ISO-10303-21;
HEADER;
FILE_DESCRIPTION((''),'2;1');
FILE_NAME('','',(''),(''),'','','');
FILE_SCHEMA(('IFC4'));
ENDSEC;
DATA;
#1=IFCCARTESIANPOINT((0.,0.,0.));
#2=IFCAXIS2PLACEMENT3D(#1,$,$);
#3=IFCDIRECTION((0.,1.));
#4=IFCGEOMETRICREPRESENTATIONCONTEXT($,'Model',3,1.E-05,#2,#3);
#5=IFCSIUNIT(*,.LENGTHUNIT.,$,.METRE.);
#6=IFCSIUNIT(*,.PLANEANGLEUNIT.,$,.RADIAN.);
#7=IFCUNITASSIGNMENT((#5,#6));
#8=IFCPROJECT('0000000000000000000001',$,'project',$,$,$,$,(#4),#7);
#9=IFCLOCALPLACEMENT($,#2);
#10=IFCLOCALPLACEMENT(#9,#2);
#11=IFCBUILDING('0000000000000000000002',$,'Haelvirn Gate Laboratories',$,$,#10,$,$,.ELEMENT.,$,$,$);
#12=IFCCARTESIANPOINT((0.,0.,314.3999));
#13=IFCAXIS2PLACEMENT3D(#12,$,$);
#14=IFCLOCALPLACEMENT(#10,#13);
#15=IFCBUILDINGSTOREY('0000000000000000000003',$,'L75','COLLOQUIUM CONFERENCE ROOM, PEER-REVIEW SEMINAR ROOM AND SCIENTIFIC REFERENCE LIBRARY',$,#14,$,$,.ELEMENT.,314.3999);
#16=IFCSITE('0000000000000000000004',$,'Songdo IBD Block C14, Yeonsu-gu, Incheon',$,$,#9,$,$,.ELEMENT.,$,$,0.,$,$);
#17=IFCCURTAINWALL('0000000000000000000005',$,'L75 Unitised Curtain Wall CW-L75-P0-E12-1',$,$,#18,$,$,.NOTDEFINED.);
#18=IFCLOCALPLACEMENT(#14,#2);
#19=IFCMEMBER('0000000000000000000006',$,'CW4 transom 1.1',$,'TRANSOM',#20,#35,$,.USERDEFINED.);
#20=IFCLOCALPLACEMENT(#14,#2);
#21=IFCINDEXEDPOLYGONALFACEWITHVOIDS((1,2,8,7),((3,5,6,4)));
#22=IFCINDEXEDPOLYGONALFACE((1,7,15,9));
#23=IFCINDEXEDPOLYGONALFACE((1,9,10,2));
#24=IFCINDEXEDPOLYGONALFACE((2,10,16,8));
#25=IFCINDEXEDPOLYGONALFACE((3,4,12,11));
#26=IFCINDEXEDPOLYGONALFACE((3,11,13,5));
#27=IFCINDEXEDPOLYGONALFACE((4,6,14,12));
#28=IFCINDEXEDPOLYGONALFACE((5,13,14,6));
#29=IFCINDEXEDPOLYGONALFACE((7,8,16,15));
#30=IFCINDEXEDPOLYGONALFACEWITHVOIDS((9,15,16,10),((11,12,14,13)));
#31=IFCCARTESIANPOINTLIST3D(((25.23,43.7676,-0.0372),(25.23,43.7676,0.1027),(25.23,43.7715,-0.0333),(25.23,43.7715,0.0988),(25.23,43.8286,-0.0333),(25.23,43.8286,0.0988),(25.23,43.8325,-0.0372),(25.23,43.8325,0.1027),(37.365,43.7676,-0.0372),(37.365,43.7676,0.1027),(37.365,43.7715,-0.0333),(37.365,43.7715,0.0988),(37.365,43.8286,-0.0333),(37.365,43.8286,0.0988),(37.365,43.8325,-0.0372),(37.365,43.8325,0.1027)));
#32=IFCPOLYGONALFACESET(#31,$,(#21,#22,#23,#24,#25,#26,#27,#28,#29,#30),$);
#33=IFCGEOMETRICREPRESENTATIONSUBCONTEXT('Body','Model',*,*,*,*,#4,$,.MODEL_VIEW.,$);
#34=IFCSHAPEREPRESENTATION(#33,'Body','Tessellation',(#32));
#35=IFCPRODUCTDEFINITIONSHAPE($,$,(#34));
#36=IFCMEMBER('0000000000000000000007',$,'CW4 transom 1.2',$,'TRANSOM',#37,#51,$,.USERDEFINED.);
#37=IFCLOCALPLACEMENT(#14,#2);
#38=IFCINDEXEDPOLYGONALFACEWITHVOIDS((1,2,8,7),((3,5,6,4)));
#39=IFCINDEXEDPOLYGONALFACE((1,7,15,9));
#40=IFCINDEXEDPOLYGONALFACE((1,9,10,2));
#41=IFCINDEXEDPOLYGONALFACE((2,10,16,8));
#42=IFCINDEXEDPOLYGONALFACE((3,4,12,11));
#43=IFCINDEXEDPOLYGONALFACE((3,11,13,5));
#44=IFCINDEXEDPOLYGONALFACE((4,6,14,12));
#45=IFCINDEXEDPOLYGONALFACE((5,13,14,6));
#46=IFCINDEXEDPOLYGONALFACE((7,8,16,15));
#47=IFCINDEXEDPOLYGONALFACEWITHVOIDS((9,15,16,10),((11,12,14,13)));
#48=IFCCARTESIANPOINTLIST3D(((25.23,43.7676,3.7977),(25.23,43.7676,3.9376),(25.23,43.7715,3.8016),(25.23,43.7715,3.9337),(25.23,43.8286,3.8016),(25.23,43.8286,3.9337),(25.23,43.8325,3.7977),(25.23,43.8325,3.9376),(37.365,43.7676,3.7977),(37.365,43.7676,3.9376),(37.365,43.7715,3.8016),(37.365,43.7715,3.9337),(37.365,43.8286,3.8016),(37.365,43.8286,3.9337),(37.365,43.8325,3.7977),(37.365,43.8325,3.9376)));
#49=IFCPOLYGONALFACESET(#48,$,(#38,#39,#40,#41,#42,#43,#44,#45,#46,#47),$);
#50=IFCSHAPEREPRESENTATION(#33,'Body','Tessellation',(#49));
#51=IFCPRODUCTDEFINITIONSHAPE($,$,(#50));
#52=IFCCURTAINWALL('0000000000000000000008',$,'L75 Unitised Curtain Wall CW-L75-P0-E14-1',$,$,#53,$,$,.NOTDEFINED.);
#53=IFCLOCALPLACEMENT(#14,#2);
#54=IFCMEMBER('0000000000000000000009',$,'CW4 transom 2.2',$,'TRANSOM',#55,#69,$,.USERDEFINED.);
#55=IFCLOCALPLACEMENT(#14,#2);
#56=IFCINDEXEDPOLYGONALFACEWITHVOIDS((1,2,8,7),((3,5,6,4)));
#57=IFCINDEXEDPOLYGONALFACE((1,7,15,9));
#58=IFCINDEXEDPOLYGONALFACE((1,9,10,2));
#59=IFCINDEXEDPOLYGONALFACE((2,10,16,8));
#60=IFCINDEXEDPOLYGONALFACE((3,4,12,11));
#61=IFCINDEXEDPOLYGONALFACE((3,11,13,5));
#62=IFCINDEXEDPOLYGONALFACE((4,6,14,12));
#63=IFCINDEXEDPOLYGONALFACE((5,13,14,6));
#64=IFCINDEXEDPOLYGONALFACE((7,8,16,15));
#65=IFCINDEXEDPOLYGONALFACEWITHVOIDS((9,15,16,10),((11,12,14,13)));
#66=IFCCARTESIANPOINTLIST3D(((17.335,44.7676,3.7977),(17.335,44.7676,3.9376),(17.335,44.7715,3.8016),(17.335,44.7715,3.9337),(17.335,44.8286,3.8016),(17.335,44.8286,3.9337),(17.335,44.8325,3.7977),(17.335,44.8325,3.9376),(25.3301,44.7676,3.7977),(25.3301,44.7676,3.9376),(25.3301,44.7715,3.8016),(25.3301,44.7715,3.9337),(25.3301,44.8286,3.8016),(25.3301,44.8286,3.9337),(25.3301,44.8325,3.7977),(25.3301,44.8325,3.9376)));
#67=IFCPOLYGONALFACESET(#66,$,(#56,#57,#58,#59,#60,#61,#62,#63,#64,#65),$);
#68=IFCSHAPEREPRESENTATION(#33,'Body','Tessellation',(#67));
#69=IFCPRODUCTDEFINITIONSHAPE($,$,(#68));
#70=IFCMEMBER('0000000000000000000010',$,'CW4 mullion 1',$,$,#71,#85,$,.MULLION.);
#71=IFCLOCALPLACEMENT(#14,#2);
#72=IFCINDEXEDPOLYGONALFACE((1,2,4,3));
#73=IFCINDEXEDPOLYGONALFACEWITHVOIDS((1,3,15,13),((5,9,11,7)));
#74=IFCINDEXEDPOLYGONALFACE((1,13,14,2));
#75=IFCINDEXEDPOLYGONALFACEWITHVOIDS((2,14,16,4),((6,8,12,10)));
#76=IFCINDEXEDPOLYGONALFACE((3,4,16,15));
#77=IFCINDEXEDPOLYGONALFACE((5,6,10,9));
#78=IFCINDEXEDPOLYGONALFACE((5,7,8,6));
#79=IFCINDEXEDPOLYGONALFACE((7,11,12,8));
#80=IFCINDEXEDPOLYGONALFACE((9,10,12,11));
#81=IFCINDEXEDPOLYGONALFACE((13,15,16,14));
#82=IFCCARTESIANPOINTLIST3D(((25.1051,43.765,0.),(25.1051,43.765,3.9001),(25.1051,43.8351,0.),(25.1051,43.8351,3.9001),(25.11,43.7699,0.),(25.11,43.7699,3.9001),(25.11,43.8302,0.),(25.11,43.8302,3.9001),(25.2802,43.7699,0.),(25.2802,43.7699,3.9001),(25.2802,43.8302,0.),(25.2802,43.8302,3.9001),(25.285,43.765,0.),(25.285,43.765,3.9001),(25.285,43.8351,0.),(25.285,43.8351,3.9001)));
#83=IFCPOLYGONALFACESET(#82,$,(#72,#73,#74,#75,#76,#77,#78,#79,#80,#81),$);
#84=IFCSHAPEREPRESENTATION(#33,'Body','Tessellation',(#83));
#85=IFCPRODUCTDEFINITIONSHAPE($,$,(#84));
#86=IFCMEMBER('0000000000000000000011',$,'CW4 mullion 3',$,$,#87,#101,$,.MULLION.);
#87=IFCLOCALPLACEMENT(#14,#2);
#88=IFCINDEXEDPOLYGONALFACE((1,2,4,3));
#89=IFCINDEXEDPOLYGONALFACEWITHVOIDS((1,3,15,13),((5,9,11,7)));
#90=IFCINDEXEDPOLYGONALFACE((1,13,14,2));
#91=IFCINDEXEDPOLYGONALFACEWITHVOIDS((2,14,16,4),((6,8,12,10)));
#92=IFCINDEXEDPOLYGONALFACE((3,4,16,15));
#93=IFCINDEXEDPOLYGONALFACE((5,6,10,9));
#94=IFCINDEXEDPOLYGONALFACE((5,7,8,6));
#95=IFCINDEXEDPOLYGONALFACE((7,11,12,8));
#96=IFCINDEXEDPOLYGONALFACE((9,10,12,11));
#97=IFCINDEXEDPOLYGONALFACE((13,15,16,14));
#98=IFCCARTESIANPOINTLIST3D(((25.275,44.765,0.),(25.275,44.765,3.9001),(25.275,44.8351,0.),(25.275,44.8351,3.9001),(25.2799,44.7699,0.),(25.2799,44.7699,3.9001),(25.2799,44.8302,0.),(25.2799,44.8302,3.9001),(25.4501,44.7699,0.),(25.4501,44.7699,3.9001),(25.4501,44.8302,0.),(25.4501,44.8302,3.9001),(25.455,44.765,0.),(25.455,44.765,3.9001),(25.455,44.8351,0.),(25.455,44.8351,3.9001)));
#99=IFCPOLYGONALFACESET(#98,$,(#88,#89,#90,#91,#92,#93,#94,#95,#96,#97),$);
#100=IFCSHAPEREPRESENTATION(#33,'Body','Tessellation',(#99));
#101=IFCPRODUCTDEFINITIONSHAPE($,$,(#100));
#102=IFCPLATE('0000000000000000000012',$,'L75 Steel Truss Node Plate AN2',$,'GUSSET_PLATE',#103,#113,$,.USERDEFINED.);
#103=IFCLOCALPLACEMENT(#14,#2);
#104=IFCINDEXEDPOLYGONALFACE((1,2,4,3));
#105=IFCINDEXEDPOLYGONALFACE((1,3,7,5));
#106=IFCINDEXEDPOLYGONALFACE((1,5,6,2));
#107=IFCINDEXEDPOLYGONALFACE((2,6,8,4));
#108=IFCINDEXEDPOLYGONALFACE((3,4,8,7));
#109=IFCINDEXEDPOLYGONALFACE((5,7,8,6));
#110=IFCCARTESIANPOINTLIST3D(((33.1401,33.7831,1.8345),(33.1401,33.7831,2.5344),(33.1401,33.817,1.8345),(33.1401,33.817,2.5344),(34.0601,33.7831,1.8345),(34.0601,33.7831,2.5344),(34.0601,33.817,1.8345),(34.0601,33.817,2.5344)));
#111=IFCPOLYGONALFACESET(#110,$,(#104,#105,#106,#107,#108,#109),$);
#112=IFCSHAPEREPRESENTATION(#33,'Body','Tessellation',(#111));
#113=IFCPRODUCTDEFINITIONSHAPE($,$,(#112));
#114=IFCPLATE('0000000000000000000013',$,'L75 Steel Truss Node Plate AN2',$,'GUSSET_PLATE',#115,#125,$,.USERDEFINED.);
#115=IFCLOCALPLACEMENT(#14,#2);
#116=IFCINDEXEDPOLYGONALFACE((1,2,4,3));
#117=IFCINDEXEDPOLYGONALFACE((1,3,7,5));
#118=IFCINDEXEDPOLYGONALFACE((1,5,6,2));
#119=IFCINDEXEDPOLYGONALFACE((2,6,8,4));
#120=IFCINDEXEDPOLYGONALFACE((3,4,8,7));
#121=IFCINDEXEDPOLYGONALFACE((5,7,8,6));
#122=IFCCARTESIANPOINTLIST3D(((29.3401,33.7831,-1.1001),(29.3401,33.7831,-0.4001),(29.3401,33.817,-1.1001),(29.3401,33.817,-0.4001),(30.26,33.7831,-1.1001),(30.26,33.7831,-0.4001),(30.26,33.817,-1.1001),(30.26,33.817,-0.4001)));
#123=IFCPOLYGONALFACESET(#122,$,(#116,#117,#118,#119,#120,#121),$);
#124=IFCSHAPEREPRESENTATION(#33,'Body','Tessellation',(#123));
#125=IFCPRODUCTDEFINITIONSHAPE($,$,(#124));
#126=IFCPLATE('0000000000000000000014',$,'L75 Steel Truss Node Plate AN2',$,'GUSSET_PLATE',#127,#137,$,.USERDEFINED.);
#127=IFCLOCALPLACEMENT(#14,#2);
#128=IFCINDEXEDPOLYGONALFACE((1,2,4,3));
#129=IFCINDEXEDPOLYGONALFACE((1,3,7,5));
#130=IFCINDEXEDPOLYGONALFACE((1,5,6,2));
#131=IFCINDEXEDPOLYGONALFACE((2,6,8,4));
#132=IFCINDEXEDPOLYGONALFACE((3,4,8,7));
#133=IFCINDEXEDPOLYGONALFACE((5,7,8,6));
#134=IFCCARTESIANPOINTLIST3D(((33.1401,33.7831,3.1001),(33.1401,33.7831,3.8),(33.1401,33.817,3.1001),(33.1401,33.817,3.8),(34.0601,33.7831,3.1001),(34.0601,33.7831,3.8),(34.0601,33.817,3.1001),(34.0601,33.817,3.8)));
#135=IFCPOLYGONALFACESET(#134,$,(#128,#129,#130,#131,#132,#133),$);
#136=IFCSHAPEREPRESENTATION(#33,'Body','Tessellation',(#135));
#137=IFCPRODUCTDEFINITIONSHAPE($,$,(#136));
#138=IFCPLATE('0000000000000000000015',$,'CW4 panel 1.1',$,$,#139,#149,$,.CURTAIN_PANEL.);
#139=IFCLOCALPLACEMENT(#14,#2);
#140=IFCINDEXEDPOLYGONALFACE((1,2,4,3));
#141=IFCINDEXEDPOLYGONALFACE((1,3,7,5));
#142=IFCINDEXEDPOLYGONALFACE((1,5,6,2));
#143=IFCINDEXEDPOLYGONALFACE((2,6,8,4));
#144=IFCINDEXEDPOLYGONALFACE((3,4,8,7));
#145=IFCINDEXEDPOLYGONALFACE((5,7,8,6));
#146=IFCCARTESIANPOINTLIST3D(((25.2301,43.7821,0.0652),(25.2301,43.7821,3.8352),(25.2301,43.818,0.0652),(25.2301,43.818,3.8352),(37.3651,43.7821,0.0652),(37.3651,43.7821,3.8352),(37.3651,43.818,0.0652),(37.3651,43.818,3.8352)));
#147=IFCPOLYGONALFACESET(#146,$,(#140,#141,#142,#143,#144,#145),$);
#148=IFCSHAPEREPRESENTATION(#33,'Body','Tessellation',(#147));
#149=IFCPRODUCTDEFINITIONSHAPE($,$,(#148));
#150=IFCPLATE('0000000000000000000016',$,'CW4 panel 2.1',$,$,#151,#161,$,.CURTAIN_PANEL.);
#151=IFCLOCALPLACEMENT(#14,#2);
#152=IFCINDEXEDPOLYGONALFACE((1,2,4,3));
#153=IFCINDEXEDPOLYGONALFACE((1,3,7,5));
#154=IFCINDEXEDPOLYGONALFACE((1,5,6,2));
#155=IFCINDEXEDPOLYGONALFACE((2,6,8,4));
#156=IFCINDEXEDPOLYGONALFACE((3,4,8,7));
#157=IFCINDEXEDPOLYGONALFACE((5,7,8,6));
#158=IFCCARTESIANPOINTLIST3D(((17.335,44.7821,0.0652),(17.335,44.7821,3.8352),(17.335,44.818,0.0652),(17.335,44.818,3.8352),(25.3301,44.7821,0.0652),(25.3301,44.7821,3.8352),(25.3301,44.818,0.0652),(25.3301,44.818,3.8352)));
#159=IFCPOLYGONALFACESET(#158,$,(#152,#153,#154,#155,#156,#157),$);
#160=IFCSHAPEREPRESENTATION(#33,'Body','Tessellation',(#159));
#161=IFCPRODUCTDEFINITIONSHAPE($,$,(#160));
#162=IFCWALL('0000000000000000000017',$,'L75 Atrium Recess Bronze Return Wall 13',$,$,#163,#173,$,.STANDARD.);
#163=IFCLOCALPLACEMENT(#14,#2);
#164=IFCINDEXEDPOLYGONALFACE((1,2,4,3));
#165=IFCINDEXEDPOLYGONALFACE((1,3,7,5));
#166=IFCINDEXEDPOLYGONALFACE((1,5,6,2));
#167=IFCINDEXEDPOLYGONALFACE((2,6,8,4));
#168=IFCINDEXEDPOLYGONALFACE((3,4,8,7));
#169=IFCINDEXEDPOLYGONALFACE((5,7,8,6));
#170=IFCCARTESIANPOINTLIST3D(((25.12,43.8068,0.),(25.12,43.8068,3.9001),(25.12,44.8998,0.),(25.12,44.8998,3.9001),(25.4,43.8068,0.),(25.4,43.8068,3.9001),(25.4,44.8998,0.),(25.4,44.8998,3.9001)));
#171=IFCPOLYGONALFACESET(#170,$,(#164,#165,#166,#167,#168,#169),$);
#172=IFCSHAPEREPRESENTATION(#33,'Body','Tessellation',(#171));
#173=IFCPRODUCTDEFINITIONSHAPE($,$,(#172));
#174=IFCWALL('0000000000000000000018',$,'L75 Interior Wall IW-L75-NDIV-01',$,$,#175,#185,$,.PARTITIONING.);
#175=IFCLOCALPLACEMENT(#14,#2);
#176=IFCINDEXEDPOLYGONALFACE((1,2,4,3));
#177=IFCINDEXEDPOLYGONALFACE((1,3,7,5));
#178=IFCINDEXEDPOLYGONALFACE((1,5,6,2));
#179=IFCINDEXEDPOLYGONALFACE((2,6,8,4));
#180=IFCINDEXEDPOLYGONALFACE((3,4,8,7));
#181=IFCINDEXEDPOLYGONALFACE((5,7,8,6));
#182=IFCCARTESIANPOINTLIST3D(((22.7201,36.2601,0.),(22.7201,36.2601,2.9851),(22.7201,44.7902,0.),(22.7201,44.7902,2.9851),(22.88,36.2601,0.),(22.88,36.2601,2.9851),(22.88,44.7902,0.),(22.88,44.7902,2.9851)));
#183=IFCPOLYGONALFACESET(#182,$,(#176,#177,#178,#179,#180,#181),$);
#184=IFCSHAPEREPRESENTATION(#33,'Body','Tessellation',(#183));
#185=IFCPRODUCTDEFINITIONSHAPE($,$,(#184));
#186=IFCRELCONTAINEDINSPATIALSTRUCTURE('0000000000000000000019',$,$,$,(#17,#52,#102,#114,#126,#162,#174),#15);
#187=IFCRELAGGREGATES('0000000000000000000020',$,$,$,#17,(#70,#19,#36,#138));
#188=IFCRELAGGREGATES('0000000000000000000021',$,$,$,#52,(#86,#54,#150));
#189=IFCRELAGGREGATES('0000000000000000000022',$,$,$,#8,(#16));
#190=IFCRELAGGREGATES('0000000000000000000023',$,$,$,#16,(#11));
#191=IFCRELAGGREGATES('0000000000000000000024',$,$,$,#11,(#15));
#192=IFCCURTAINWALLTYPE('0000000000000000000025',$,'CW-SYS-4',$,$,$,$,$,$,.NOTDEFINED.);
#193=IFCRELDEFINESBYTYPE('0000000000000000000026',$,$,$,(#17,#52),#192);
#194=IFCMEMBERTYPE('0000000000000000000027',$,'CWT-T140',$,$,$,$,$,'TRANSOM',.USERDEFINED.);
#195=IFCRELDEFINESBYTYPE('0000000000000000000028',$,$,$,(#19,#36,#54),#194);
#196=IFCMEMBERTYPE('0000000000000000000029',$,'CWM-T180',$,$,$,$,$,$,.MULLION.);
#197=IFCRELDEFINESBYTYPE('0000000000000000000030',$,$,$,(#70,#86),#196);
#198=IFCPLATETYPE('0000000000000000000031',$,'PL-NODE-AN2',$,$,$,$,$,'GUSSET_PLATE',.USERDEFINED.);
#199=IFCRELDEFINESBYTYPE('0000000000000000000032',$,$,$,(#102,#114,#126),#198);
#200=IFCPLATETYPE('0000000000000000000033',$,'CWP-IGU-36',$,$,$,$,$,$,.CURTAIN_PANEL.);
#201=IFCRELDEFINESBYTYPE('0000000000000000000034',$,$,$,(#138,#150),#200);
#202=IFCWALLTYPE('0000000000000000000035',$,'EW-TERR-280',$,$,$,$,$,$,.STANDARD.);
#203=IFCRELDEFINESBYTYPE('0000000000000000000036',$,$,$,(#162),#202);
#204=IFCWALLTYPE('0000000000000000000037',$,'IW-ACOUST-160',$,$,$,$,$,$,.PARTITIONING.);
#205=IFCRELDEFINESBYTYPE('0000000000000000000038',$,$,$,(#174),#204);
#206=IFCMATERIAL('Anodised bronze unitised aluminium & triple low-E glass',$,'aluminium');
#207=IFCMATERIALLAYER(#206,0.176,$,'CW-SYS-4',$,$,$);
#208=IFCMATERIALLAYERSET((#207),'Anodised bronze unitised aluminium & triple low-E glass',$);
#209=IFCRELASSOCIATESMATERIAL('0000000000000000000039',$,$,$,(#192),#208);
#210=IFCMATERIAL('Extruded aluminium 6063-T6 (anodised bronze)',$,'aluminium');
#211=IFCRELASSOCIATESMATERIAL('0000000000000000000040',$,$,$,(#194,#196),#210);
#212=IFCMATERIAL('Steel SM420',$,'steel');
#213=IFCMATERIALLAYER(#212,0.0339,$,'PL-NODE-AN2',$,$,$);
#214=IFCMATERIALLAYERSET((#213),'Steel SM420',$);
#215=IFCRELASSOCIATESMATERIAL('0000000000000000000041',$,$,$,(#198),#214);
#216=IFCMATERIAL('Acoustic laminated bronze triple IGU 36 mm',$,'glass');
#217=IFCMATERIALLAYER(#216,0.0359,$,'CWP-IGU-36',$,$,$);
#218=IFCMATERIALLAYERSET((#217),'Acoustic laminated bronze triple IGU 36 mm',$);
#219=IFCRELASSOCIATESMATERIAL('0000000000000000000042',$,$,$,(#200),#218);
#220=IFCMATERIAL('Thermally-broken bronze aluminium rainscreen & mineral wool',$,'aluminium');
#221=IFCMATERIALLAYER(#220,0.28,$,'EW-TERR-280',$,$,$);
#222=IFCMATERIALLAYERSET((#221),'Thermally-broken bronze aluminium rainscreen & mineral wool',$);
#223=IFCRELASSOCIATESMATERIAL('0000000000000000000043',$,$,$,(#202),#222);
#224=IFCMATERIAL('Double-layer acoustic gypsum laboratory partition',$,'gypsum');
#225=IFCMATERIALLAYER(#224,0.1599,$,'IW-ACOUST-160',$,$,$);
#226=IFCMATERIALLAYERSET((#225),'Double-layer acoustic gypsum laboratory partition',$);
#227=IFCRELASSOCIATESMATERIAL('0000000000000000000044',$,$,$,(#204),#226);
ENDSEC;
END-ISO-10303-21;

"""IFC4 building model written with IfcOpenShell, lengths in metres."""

from ifc_helpers import new_model, si_unit, direction, frame, frame_2d, origin, origin_2d, place, context, subcontext, project, spatial, rectangle, hollow_rectangle, extrude, source, transform, mapped, material, layer, layer_set, material_profile, profile_set, type_object, type_shapes, element, aggregate, save


model = new_model("IFC4")

# Units and contexts
model_context = context("Model", 3, precision=1e-05, world=origin(), true_north=direction((0.0, 1.0)))
body_context = subcontext(model_context, "Body", "Model", "MODEL_VIEW")
ifc_project = project(units=[si_unit("LENGTHUNIT", "METRE"), si_unit("PLANEANGLEUNIT", "RADIAN")], contexts=[model_context])

# Site, building, storey
site_placement = place(None, origin())
site = spatial("IfcSite", under=ifc_project, at=site_placement, Name="Songdo IBD Block C14, Yeonsu-gu, Incheon", CompositionType="ELEMENT", RefElevation=0.0)
building_placement = place(site_placement, origin())
building = spatial("IfcBuilding", under=site, at=building_placement, Name="Haelvirn Gate Laboratories", CompositionType="ELEMENT")
storey_placement = place(building_placement, frame((0.0, 0.0, 314.3999)))
storey = spatial("IfcBuildingStorey", under=building, at=storey_placement, Name="L75", Description="COLLOQUIUM CONFERENCE ROOM, PEER-REVIEW SEMINAR ROOM AND SCIENTIFIC REFERENCE LIBRARY", CompositionType="ELEMENT", Elevation=314.3999)

# Shared definitions
ifc_material_1 = material(Name="Steel SM420", Category="steel")

# Curtain wall, members
ifc_material_2 = material(Name="Anodised bronze unitised aluminium & triple low-E glass", Category="aluminium")
ifc_layer_1 = layer(ifc_material_2, 0.176, Name="CW-SYS-4")
ifc_layer_set_1 = layer_set([ifc_layer_1], Name="Anodised bronze unitised aluminium & triple low-E glass")
curtain_wall_type = type_object("IfcCurtainWallType", Name="CW-SYS-4", PredefinedType="NOTDEFINED", material=ifc_layer_set_1)
curtain_wall_1_placement = place(storey_placement, origin())
curtain_wall_1 = element("IfcCurtainWall", 1, at=curtain_wall_1_placement, inside=storey, type_object=curtain_wall_type, Name="L75 Unitised Curtain Wall CW-L75-P0-E12-1", PredefinedType="NOTDEFINED")
ifc_material_3 = material(Name="Extruded aluminium 6063-T6 (anodised bronze)", Category="aluminium")
ifc_material_profile_1 = material_profile(ifc_material_3, hollow_rectangle(XDim=0.0649, YDim=0.1399, WallThickness=0.0039, at=origin_2d()), Name="CWT-140x65x4")
ifc_profile_set_1 = profile_set([ifc_material_profile_1], Name="Extruded aluminium 6063-T6 (anodised bronze)")
member_type_1 = type_object("IfcMemberType", Name="CWT-T140", ElementType="TRANSOM", PredefinedType="USERDEFINED", material=ifc_profile_set_1)
shared_shape_1 = source(origin(), body_context, "Body", "SweptSolid", [
    extrude(hollow_rectangle(XDim=0.0649, YDim=0.1399, WallThickness=0.0039, at=origin_2d()), origin(), (0.0, 0.0, 1.0), 12.135),
])
member_1_placement = place(storey_placement, frame((25.23, 43.8, 0.0327), z_axis=(1.0, 0.0, 0.0), x_axis=(0.0, 1.0, 0.0)))
member_1 = element("IfcMember", 2, at=member_1_placement, type_object=member_type_1, Name="CW4 transom 1.1", ObjectType="TRANSOM", PredefinedType="USERDEFINED", context=body_context, shape_type="MappedRepresentation", body=[
    mapped(shared_shape_1, transform((0.0, 0.0, 0.0), scale=1.0)),
])
member_2_placement = place(storey_placement, frame((25.23, 43.8, 3.8677), z_axis=(1.0, 0.0, 0.0), x_axis=(0.0, 1.0, 0.0)))
member_2 = element("IfcMember", 3, at=member_2_placement, type_object=member_type_1, Name="CW4 transom 1.2", ObjectType="TRANSOM", PredefinedType="USERDEFINED", context=body_context, shape_type="MappedRepresentation", body=[
    mapped(shared_shape_1, transform((0.0, 0.0, 0.0), scale=1.0)),
])

# Curtain wall, member
curtain_wall_2_placement = place(storey_placement, origin())
curtain_wall_2 = element("IfcCurtainWall", 4, at=curtain_wall_2_placement, inside=storey, type_object=curtain_wall_type, Name="L75 Unitised Curtain Wall CW-L75-P0-E14-1", PredefinedType="NOTDEFINED")
shared_shape_2 = source(origin(), body_context, "Body", "SweptSolid", [
    extrude(hollow_rectangle(XDim=0.0649, YDim=0.1399, WallThickness=0.0039, at=origin_2d()), origin(), (0.0, 0.0, 1.0), 7.9951),
])
type_shapes(member_type_1, [shared_shape_1, shared_shape_2])
member_3_placement = place(storey_placement, frame((17.335, 44.8, 3.8677), z_axis=(1.0, 0.0, 0.0), x_axis=(0.0, 1.0, 0.0)))
member_3 = element("IfcMember", 5, at=member_3_placement, type_object=member_type_1, Name="CW4 transom 2.2", ObjectType="TRANSOM", PredefinedType="USERDEFINED", context=body_context, shape_type="MappedRepresentation", body=[
    mapped(shared_shape_2, transform((0.0, 0.0, 0.0), scale=1.0)),
])

# Members
ifc_material_profile_2 = material_profile(ifc_material_3, hollow_rectangle(XDim=0.0701, YDim=0.1799, WallThickness=0.0049, at=origin_2d()), Name="CWM-180x70x5")
ifc_profile_set_2 = profile_set([ifc_material_profile_2], Name="Extruded aluminium 6063-T6 (anodised bronze)")
member_type_2 = type_object("IfcMemberType", Name="CWM-T180", PredefinedType="MULLION", material=ifc_profile_set_2)
shared_shape_3 = source(origin(), body_context, "Body", "SweptSolid", [
    extrude(hollow_rectangle(XDim=0.0701, YDim=0.1799, WallThickness=0.0049, at=origin_2d()), origin(), (0.0, 0.0, 1.0), 3.9001),
])
type_shapes(member_type_2, [shared_shape_3])
member_4_placement = place(storey_placement, frame((25.1951, 43.8, 0.0), z_axis=(0.0, 0.0, 1.0), x_axis=(0.0, 1.0, 0.0)))
member_4 = element("IfcMember", 6, at=member_4_placement, type_object=member_type_2, Name="CW4 mullion 1", PredefinedType="MULLION", context=body_context, shape_type="MappedRepresentation", body=[
    mapped(shared_shape_3, transform((0.0, 0.0, 0.0), scale=1.0)),
])
member_5_placement = place(storey_placement, frame((25.365, 44.8, 0.0), z_axis=(0.0, 0.0, 1.0), x_axis=(0.0, 1.0, 0.0)))
member_5 = element("IfcMember", 7, at=member_5_placement, type_object=member_type_2, Name="CW4 mullion 3", PredefinedType="MULLION", context=body_context, shape_type="MappedRepresentation", body=[
    mapped(shared_shape_3, transform((0.0, 0.0, 0.0), scale=1.0)),
])

# Plates
ifc_layer_2 = layer(ifc_material_1, 0.0339, Name="PL-NODE-AN2")
ifc_layer_set_2 = layer_set([ifc_layer_2], Name="Steel SM420")
plate_type_1 = type_object("IfcPlateType", Name="PL-NODE-AN2", ElementType="GUSSET_PLATE", PredefinedType="USERDEFINED", material=ifc_layer_set_2)
shared_shape_4 = source(origin(), body_context, "Body", "SweptSolid", [
    extrude(rectangle(XDim=0.9199, YDim=0.0339, at=origin_2d()), origin(), (0.0, 0.0, 1.0), 0.7),
])
type_shapes(plate_type_1, [shared_shape_4])
for number, where, z_axis, x_axis, name in (
    (8, (33.6001, 33.8, 1.8345), (0.0, 0.0, 1.0), (1.0, 0.0, 0.0), "L75 Steel Truss Node Plate AN2"),
    (9, (29.8, 33.8, -1.1001), (0.0, 0.0, 1.0), (1.0, 0.0, 0.0), "L75 Steel Truss Node Plate AN2"),
    (10, (33.6001, 33.8, 3.1001), (0.0, 0.0, 1.0), (1.0, 0.0, 0.0), "L75 Steel Truss Node Plate AN2"),
):
    element("IfcPlate", number, at=place(storey_placement, frame(where, z_axis=z_axis, x_axis=x_axis)), inside=storey, type_object=plate_type_1, Name=name, ObjectType="GUSSET_PLATE", PredefinedType="USERDEFINED", context=body_context, shape_type="MappedRepresentation", body=[
        mapped(shared_shape_4, transform((0.0, 0.0, 0.0), scale=1.0)),
    ])

# Plates
ifc_material_4 = material(Name="Acoustic laminated bronze triple IGU 36 mm", Category="glass")
ifc_layer_3 = layer(ifc_material_4, 0.0359, Name="CWP-IGU-36")
ifc_layer_set_3 = layer_set([ifc_layer_3], Name="Acoustic laminated bronze triple IGU 36 mm")
plate_type_2 = type_object("IfcPlateType", Name="CWP-IGU-36", PredefinedType="CURTAIN_PANEL", material=ifc_layer_set_3)
shared_shape_5 = source(origin(), body_context, "Body", "SweptSolid", [
    extrude(rectangle(XDim=12.135, YDim=0.0359, at=origin_2d()), origin(), (0.0, 0.0, 1.0), 3.77),
])
plate_1_placement = place(storey_placement, frame((31.2976, 43.8, 0.0652), z_axis=(0.0, 0.0, 1.0), x_axis=(1.0, 0.0, 0.0)))
plate_1 = element("IfcPlate", 11, at=plate_1_placement, type_object=plate_type_2, Name="CW4 panel 1.1", PredefinedType="CURTAIN_PANEL", context=body_context, shape_type="MappedRepresentation", body=[
    mapped(shared_shape_5, transform((0.0, 0.0, 0.0), scale=1.0)),
])
aggregate(curtain_wall_1, [member_4, member_1, member_2, plate_1])
shared_shape_6 = source(origin(), body_context, "Body", "SweptSolid", [
    extrude(rectangle(XDim=7.9951, YDim=0.0359, at=origin_2d()), origin(), (0.0, 0.0, 1.0), 3.77),
])
type_shapes(plate_type_2, [shared_shape_5, shared_shape_6])
plate_2_placement = place(storey_placement, frame((21.3325, 44.8, 0.0652), z_axis=(0.0, 0.0, 1.0), x_axis=(1.0, 0.0, 0.0)))
plate_2 = element("IfcPlate", 12, at=plate_2_placement, type_object=plate_type_2, Name="CW4 panel 2.1", PredefinedType="CURTAIN_PANEL", context=body_context, shape_type="MappedRepresentation", body=[
    mapped(shared_shape_6, transform((0.0, 0.0, 0.0), scale=1.0)),
])
aggregate(curtain_wall_2, [member_5, member_3, plate_2])

# Walls
ifc_material_5 = material(Name="Thermally-broken bronze aluminium rainscreen & mineral wool", Category="aluminium")
ifc_layer_4 = layer(ifc_material_5, 0.28, Name="EW-TERR-280")
ifc_layer_set_4 = layer_set([ifc_layer_4], Name="Thermally-broken bronze aluminium rainscreen & mineral wool")
wall_type_1 = type_object("IfcWallType", Name="EW-TERR-280", PredefinedType="STANDARD", material=ifc_layer_set_4)
wall_1_placement = place(storey_placement, frame((25.26, 43.8069, 0.0), z_axis=(0.0, 0.0, 1.0), x_axis=(0.0, 1.0, 0.0)))
element("IfcWall", 13, at=wall_1_placement, inside=storey, type_object=wall_type_1, Name="L75 Atrium Recess Bronze Return Wall 13", PredefinedType="STANDARD", context=body_context, shape_type="SweptSolid", body=[
    extrude(rectangle(XDim=1.093, YDim=0.28, at=frame_2d((0.5464, 0.0))), origin(), (0.0, 0.0, 1.0), 3.9001),
])
ifc_material_6 = material(Name="Double-layer acoustic gypsum laboratory partition", Category="gypsum")
ifc_layer_5 = layer(ifc_material_6, 0.1599, Name="IW-ACOUST-160")
ifc_layer_set_5 = layer_set([ifc_layer_5], Name="Double-layer acoustic gypsum laboratory partition")
wall_type_2 = type_object("IfcWallType", Name="IW-ACOUST-160", PredefinedType="PARTITIONING", material=ifc_layer_set_5)
wall_2_placement = place(storey_placement, frame((22.8, 36.26, 0.0), z_axis=(0.0, 0.0, 1.0), x_axis=(0.0, 1.0, 0.0)))
element("IfcWall", 14, at=wall_2_placement, inside=storey, type_object=wall_type_2, Name="L75 Interior Wall IW-L75-NDIV-01", PredefinedType="PARTITIONING", context=body_context, shape_type="SweptSolid", body=[
    extrude(rectangle(XDim=8.53, YDim=0.1599, at=frame_2d((4.2651, 0.0))), origin(), (0.0, 0.0, 1.0), 2.9851),
])

save(model, "model.ifc")
